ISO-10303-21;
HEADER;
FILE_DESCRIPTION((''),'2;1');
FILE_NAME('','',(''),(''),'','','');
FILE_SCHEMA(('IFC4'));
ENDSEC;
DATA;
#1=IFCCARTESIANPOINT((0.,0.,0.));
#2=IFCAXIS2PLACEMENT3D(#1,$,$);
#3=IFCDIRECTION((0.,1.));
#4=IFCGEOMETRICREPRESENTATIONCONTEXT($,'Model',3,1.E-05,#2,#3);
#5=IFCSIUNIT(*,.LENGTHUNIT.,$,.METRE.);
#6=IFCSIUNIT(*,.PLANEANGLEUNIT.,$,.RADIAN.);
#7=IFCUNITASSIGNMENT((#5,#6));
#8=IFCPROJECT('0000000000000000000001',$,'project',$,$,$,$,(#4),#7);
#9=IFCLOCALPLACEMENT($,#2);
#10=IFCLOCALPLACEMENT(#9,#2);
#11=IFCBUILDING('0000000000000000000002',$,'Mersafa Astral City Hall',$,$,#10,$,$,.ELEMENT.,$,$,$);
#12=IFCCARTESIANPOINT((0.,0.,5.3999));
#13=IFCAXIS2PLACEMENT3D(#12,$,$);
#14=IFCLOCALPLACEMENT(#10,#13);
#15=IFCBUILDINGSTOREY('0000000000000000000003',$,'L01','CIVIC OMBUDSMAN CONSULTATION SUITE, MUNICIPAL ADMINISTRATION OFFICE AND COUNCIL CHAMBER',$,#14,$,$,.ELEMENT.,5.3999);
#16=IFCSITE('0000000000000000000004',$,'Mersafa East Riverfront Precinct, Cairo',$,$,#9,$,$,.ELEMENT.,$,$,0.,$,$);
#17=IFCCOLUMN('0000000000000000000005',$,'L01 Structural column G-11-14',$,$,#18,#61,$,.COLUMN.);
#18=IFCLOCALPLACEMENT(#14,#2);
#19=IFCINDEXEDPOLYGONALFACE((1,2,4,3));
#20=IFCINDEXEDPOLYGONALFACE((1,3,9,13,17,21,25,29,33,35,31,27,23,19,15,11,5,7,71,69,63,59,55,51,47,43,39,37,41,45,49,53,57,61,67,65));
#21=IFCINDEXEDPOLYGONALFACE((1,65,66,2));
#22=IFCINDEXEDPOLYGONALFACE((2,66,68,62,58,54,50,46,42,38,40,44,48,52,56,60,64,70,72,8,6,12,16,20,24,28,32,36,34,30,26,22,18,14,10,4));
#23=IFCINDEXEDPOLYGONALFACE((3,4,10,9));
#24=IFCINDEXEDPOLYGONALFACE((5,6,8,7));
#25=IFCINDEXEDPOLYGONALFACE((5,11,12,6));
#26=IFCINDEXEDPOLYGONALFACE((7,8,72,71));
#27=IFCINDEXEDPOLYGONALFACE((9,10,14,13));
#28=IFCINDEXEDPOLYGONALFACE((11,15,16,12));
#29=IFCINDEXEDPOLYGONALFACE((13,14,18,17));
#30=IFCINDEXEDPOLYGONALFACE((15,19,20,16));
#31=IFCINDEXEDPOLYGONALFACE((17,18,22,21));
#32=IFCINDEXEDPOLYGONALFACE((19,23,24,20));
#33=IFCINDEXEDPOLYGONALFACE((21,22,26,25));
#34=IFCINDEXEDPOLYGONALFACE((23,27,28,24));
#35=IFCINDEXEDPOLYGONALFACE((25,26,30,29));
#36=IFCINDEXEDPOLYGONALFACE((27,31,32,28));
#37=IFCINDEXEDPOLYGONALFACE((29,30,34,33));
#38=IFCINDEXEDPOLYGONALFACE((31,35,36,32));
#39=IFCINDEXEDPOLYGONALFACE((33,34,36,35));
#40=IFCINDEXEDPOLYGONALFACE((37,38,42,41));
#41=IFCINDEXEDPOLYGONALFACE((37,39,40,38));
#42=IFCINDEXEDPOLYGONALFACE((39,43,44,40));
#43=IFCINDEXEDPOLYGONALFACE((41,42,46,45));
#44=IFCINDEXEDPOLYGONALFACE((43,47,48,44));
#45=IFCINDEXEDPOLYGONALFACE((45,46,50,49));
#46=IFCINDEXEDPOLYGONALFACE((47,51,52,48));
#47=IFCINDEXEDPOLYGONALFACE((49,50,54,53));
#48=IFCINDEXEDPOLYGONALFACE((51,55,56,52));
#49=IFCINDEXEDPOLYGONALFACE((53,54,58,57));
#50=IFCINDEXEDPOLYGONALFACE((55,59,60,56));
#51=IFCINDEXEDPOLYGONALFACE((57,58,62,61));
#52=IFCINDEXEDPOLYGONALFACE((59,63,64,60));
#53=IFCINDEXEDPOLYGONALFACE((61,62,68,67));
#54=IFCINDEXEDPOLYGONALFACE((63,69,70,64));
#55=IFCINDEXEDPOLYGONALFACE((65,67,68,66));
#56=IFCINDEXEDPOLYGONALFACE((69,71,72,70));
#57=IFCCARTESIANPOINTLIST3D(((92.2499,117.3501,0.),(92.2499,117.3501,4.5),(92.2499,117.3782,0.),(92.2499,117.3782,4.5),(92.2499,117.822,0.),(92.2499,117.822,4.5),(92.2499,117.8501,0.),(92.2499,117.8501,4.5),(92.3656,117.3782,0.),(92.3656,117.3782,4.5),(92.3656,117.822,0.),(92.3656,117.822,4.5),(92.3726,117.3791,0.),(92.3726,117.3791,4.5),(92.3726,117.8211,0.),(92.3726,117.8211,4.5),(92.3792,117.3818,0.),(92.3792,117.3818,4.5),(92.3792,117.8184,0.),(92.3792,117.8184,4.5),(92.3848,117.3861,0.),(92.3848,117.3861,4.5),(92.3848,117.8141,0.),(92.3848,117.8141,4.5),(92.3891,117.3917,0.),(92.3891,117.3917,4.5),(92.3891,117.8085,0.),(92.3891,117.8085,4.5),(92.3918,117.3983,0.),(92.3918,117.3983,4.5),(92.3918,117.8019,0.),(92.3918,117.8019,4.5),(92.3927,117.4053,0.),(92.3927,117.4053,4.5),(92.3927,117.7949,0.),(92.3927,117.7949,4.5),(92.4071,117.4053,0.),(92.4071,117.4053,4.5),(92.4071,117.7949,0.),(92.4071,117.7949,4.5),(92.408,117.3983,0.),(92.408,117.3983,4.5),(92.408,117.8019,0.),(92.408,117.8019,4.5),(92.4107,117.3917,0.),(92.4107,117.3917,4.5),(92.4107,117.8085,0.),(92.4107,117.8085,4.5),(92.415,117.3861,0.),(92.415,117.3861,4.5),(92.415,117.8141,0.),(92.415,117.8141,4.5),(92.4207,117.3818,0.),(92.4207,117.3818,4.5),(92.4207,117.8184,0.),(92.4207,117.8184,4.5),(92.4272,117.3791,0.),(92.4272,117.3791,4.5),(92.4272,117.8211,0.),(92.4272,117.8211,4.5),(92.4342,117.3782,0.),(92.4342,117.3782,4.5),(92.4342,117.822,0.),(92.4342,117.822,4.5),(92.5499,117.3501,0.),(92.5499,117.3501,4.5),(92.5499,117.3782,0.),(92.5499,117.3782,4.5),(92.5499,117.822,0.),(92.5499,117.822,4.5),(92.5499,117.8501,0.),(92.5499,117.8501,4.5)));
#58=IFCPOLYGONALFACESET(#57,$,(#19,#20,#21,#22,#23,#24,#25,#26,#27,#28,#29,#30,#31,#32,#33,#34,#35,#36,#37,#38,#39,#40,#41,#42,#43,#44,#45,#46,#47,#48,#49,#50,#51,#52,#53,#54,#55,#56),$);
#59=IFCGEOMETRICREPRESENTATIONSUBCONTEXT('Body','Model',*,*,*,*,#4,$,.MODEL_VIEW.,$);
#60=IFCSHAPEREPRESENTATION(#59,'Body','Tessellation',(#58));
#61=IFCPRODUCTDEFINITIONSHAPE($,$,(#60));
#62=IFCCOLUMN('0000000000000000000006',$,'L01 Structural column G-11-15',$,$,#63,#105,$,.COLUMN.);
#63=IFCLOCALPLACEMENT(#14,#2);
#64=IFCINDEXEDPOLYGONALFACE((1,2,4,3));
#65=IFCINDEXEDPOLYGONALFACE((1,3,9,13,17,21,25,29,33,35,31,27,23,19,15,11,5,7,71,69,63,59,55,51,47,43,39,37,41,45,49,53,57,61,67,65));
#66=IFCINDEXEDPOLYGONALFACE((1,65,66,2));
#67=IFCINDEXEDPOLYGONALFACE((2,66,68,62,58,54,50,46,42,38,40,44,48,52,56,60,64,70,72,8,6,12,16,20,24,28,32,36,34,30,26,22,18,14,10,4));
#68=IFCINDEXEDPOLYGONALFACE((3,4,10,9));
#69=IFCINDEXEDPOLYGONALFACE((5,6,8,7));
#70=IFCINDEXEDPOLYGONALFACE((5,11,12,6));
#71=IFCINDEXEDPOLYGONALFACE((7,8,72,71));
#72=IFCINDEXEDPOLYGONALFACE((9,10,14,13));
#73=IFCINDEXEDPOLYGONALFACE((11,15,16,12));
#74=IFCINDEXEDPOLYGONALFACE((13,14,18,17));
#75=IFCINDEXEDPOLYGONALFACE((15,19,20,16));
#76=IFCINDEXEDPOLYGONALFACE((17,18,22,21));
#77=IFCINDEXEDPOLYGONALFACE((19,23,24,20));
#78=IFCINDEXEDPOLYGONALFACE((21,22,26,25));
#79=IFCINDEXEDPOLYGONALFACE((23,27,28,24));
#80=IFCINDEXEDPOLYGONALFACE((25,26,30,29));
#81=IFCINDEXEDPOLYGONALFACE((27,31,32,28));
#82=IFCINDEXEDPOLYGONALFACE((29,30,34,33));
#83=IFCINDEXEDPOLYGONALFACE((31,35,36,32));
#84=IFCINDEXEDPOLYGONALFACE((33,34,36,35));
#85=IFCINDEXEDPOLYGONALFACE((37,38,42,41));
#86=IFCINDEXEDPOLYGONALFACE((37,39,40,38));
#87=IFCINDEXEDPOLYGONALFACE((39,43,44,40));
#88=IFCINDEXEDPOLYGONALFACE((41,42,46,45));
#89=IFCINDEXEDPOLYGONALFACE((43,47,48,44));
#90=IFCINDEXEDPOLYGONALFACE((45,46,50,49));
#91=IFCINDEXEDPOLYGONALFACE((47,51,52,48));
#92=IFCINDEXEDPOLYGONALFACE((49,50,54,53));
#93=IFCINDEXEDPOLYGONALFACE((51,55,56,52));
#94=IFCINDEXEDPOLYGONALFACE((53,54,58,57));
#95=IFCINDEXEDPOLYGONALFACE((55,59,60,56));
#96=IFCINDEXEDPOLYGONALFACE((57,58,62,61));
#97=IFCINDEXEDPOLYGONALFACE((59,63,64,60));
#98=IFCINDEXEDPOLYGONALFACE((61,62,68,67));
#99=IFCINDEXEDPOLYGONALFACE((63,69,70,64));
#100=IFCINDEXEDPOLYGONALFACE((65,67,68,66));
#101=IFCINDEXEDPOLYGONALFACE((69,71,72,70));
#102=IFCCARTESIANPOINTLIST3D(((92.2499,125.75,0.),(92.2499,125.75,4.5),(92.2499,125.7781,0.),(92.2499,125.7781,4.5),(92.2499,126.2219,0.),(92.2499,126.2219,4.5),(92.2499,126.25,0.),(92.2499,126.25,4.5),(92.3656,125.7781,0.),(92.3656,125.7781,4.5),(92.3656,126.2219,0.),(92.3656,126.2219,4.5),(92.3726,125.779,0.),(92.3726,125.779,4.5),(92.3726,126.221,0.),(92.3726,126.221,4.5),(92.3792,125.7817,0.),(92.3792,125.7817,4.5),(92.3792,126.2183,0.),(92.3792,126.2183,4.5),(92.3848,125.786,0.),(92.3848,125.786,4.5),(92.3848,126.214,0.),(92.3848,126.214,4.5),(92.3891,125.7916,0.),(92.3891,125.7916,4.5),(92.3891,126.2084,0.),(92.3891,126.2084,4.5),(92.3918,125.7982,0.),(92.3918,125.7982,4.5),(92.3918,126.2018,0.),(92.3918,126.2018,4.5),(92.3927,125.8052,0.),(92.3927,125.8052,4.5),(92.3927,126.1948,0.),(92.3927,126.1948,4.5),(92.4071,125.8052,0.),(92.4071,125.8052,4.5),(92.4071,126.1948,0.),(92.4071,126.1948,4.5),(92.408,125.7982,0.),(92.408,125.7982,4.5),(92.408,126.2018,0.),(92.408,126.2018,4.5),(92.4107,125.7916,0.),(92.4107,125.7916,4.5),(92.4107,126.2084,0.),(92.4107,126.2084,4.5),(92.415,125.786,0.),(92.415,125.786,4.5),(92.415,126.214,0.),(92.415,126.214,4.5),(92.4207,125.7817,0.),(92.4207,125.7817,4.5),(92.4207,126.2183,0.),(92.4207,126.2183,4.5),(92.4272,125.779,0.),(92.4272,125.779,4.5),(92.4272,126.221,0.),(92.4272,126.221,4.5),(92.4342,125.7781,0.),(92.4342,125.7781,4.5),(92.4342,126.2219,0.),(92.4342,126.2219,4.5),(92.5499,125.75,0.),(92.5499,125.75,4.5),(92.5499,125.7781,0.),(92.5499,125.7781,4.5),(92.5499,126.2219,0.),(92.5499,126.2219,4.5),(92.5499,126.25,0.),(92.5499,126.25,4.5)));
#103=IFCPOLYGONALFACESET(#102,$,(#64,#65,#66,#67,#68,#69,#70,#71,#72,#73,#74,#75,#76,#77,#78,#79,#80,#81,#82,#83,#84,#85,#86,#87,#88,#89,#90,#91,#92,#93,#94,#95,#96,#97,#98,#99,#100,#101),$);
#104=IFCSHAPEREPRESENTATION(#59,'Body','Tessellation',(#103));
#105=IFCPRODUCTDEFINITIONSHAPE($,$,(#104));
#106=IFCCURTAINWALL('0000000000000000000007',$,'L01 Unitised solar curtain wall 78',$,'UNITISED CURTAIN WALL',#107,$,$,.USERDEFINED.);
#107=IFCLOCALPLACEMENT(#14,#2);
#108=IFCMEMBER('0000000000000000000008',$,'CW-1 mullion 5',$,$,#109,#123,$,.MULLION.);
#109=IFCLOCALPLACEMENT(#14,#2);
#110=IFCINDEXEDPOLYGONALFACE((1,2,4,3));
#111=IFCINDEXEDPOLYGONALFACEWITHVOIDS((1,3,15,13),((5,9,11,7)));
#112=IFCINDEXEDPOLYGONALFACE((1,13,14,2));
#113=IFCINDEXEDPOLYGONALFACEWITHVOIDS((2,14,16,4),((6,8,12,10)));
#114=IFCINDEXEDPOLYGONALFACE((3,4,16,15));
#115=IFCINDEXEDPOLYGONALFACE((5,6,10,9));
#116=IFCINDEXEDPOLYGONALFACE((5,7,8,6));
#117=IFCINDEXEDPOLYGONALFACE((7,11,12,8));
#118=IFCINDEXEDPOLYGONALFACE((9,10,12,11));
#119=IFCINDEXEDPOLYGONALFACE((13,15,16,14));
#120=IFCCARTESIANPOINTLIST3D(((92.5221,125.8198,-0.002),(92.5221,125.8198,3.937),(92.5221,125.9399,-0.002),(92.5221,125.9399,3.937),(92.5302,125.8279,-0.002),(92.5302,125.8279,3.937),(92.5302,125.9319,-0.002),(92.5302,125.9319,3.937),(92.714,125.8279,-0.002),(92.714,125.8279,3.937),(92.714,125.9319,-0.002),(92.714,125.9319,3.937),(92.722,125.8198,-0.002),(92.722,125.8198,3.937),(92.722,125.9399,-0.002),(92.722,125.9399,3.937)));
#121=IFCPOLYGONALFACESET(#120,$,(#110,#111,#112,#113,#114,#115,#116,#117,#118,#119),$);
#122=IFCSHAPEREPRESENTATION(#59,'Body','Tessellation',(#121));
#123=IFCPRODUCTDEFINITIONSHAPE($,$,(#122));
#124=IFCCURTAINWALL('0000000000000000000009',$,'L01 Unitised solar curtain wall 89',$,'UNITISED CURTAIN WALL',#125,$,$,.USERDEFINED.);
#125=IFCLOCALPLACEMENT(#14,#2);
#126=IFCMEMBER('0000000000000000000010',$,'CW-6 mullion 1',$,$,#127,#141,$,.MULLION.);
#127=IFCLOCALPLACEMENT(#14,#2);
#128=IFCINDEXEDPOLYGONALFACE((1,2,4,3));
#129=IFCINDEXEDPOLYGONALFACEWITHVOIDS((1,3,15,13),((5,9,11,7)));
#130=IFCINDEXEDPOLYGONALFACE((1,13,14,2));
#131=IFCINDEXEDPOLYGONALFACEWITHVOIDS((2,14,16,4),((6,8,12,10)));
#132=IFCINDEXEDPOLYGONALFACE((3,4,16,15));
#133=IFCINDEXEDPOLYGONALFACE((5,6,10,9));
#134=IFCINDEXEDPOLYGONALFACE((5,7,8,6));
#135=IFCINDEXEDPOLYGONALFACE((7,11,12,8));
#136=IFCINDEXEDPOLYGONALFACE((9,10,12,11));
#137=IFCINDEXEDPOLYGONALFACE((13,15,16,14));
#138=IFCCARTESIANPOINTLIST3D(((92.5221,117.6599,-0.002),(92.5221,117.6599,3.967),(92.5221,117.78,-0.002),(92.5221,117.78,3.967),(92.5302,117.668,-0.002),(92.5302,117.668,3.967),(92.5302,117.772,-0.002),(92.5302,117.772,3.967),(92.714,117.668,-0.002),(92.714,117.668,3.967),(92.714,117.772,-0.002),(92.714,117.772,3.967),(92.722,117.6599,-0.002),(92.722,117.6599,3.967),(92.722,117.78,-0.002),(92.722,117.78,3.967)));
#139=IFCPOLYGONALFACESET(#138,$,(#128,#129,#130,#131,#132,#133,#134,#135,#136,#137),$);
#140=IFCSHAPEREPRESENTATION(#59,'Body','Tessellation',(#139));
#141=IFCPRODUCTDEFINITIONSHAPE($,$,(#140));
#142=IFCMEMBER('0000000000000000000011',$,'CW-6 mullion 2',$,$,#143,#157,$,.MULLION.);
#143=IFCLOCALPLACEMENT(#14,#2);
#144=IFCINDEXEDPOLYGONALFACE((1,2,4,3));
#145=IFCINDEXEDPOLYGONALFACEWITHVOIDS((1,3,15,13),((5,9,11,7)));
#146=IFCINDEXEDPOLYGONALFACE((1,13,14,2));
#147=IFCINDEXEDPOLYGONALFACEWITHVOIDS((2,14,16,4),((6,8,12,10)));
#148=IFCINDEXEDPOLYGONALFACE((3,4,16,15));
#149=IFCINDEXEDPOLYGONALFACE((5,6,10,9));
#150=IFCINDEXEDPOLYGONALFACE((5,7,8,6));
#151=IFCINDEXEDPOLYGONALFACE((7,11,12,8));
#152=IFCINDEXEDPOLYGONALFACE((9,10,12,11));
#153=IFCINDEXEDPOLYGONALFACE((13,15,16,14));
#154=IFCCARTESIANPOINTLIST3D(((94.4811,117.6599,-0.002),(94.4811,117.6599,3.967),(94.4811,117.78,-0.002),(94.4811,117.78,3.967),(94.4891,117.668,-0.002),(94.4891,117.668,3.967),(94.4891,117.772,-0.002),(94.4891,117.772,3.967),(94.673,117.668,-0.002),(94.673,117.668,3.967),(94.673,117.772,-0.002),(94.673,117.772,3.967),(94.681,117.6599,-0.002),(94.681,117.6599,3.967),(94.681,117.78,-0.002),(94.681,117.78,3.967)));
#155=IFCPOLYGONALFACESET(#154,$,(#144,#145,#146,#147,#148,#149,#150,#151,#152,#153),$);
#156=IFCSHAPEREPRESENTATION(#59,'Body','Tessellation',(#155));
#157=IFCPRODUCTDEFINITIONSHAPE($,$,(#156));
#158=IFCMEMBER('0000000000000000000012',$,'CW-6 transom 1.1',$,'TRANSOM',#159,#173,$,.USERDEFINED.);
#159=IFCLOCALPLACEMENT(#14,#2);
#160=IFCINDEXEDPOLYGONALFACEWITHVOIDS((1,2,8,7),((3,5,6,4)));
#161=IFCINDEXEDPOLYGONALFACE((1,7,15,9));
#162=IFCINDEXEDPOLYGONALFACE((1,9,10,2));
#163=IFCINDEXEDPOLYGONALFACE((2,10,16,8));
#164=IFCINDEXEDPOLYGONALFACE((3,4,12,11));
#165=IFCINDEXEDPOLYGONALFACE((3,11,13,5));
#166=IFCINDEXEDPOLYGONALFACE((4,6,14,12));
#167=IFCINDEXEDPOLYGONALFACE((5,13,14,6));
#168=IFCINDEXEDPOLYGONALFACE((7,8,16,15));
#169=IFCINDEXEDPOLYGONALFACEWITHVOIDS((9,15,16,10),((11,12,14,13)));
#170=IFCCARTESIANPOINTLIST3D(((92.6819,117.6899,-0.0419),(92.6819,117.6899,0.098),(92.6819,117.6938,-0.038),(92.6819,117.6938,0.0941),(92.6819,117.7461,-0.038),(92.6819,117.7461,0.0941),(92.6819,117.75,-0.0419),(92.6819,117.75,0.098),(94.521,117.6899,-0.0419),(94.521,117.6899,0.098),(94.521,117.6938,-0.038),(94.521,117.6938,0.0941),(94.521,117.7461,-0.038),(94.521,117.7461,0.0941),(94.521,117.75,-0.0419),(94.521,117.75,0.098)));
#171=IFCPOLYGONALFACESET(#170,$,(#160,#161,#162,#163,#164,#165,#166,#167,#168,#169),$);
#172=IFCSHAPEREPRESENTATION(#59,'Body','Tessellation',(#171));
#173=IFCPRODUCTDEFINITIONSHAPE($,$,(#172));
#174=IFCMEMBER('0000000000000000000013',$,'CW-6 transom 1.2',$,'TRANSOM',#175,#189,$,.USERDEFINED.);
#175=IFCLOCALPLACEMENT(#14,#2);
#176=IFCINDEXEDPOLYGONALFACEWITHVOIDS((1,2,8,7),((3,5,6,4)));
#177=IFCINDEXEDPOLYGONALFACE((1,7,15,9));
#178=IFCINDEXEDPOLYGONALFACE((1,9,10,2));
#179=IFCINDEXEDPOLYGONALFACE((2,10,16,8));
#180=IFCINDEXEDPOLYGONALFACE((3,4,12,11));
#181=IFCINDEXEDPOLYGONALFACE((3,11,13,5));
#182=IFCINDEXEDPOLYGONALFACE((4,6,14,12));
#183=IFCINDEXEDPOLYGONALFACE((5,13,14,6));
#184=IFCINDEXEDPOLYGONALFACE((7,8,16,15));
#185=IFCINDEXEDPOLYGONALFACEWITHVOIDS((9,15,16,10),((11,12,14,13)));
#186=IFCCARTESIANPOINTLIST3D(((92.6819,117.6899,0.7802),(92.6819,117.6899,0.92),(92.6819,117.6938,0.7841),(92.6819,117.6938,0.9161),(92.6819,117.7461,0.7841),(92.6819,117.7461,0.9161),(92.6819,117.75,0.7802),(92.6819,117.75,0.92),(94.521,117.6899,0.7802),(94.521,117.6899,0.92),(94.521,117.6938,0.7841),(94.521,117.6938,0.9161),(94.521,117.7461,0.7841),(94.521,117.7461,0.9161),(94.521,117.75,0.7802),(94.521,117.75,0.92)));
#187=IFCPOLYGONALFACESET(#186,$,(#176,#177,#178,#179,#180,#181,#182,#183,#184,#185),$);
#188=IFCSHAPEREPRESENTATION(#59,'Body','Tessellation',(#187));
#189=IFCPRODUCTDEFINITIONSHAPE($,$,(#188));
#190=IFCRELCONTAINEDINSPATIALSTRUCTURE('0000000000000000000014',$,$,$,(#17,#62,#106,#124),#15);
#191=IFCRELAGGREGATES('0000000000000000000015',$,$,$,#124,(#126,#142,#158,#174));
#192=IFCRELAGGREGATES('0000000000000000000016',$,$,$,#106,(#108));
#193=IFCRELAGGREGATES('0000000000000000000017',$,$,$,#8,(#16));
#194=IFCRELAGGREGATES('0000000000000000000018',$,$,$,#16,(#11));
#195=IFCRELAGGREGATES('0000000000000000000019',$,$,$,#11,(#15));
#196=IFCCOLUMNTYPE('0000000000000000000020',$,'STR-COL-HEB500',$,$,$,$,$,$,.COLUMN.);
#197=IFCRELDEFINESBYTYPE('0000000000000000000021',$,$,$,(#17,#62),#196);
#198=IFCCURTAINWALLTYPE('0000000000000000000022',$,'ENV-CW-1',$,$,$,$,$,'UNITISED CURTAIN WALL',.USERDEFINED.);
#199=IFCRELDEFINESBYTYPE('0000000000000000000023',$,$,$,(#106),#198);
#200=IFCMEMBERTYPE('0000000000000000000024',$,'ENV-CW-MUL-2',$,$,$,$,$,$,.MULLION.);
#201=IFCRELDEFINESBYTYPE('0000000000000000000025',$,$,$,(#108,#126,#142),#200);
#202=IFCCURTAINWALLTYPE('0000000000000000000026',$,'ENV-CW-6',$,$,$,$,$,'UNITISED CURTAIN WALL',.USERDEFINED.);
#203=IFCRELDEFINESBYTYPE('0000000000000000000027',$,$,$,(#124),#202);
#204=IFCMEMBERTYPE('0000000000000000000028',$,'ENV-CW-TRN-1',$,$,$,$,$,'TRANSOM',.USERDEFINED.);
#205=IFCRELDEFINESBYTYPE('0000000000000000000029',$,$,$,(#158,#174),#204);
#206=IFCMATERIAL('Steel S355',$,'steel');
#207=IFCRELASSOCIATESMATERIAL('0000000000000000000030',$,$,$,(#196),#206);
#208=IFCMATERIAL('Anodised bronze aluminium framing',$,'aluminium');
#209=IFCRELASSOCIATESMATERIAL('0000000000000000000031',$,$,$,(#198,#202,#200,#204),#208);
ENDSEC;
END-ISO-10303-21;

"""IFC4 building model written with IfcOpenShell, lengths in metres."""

from ifc_helpers import new_model, si_unit, direction, frame, origin, origin_2d, place, context, subcontext, project, spatial, hollow_rectangle, i_section, extrude, material, material_profile, profile_set, type_object, element, aggregate, save


model = new_model("IFC4")

# Units and contexts
model_context = context("Model", 3, precision=1e-05, world=origin(), true_north=direction((0.0, 1.0)))
body_context = subcontext(model_context, "Body", "Model", "MODEL_VIEW")
ifc_project = project(units=[si_unit("LENGTHUNIT", "METRE"), si_unit("PLANEANGLEUNIT", "RADIAN")], contexts=[model_context])

# Site, building, storey
site_placement = place(None, origin())
site = spatial("IfcSite", under=ifc_project, at=site_placement, Name="Mersafa East Riverfront Precinct, Cairo", CompositionType="ELEMENT", RefElevation=0.0)
building_placement = place(site_placement, origin())
building = spatial("IfcBuilding", under=site, at=building_placement, Name="Mersafa Astral City Hall", CompositionType="ELEMENT")
storey_placement = place(building_placement, frame((0.0, 0.0, 5.3999)))
storey = spatial("IfcBuildingStorey", under=building, at=storey_placement, Name="L01", Description="CIVIC OMBUDSMAN CONSULTATION SUITE, MUNICIPAL ADMINISTRATION OFFICE AND COUNCIL CHAMBER", CompositionType="ELEMENT", Elevation=5.3999)

# Columns
ifc_material_1 = material(Name="Steel S355", Category="steel")
ifc_material_profile_1 = material_profile(ifc_material_1, i_section(OverallWidth=0.3, OverallDepth=0.5, WebThickness=0.0144, FlangeThickness=0.0281, FilletRadius=0.0271, at=origin_2d()), Name="HEB 500")
ifc_profile_set_1 = profile_set([ifc_material_profile_1], Name="Steel S355")
column_type = type_object("IfcColumnType", Name="STR-COL-HEB500", PredefinedType="COLUMN", material=ifc_profile_set_1)
for number, where, z_axis, x_axis, name in (
    (1, (92.3999, 117.6001, 0.0), (0.0, 0.0, 1.0), (1.0, 0.0, 0.0), "L01 Structural column G-11-14"),
    (2, (92.3999, 126.0, 0.0), (0.0, 0.0, 1.0), (1.0, 0.0, 0.0), "L01 Structural column G-11-15"),
):
    element("IfcColumn", number, at=place(storey_placement, frame(where, z_axis=z_axis, x_axis=x_axis)), inside=storey, type_object=column_type, Name=name, PredefinedType="COLUMN", context=body_context, shape_type="SweptSolid", body=[
        extrude(i_section(OverallWidth=0.3, OverallDepth=0.5, WebThickness=0.0144, FlangeThickness=0.0281, FilletRadius=0.0271, at=origin_2d()), origin(), (0.0, 0.0, 1.0), 4.5),
    ])

# Curtain wall, member
ifc_material_2 = material(Name="Anodised bronze aluminium framing", Category="aluminium")
curtain_wall_type_1 = type_object("IfcCurtainWallType", Name="ENV-CW-1", ElementType="UNITISED CURTAIN WALL", PredefinedType="USERDEFINED", material=ifc_material_2)
curtain_wall_1_placement = place(storey_placement, origin())
curtain_wall_1 = element("IfcCurtainWall", 3, at=curtain_wall_1_placement, inside=storey, type_object=curtain_wall_type_1, Name="L01 Unitised solar curtain wall 78", ObjectType="UNITISED CURTAIN WALL", PredefinedType="USERDEFINED")
ifc_material_profile_2 = material_profile(ifc_material_2, hollow_rectangle(XDim=0.1201, YDim=0.2, WallThickness=0.0081, at=origin_2d()), Name="RHS 120x200x8")
ifc_profile_set_2 = profile_set([ifc_material_profile_2], Name="Anodised bronze aluminium framing")
member_type_1 = type_object("IfcMemberType", Name="ENV-CW-MUL-2", PredefinedType="MULLION", material=ifc_profile_set_2)
member_1_placement = place(storey_placement, frame((92.6221, 125.8799, -0.002), z_axis=(0.0, 0.0, 1.0), x_axis=(0.0, -1.0, 0.0)))
member_1 = element("IfcMember", 4, at=member_1_placement, type_object=member_type_1, Name="CW-1 mullion 5", PredefinedType="MULLION", context=body_context, shape_type="SweptSolid", body=[
    extrude(hollow_rectangle(XDim=0.1201, YDim=0.2, WallThickness=0.0081, at=origin_2d()), origin(), (0.0, 0.0, 1.0), 3.939),
])

# Curtain wall, members
curtain_wall_type_2 = type_object("IfcCurtainWallType", Name="ENV-CW-6", ElementType="UNITISED CURTAIN WALL", PredefinedType="USERDEFINED", material=ifc_material_2)
curtain_wall_2_placement = place(storey_placement, origin())
curtain_wall_2 = element("IfcCurtainWall", 5, at=curtain_wall_2_placement, inside=storey, type_object=curtain_wall_type_2, Name="L01 Unitised solar curtain wall 89", ObjectType="UNITISED CURTAIN WALL", PredefinedType="USERDEFINED")
member_2_placement = place(storey_placement, frame((92.6221, 117.72, -0.002), z_axis=(0.0, 0.0, 1.0), x_axis=(0.0, 1.0, 0.0)))
member_2 = element("IfcMember", 6, at=member_2_placement, type_object=member_type_1, Name="CW-6 mullion 1", PredefinedType="MULLION", context=body_context, shape_type="SweptSolid", body=[
    extrude(hollow_rectangle(XDim=0.1201, YDim=0.2, WallThickness=0.0081, at=origin_2d()), origin(), (0.0, 0.0, 1.0), 3.969),
])
member_3_placement = place(storey_placement, frame((94.5811, 117.72, -0.002), z_axis=(0.0, 0.0, 1.0), x_axis=(0.0, 1.0, 0.0)))
member_3 = element("IfcMember", 7, at=member_3_placement, type_object=member_type_1, Name="CW-6 mullion 2", PredefinedType="MULLION", context=body_context, shape_type="SweptSolid", body=[
    extrude(hollow_rectangle(XDim=0.1201, YDim=0.2, WallThickness=0.0081, at=origin_2d()), origin(), (0.0, 0.0, 1.0), 3.969),
])
ifc_material_profile_3 = material_profile(ifc_material_2, hollow_rectangle(XDim=0.0601, YDim=0.1399, WallThickness=0.0039, at=origin_2d()), Name="RHS 60x140x4")
ifc_profile_set_3 = profile_set([ifc_material_profile_3], Name="Anodised bronze aluminium framing")
member_type_2 = type_object("IfcMemberType", Name="ENV-CW-TRN-1", ElementType="TRANSOM", PredefinedType="USERDEFINED", material=ifc_profile_set_3)
member_4_placement = place(storey_placement, frame((92.6819, 117.72, 0.0281), z_axis=(1.0, 0.0, 0.0), x_axis=(0.0, 1.0, 0.0)))
member_4 = element("IfcMember", 8, at=member_4_placement, type_object=member_type_2, Name="CW-6 transom 1.1", ObjectType="TRANSOM", PredefinedType="USERDEFINED", context=body_context, shape_type="SweptSolid", body=[
    extrude(hollow_rectangle(XDim=0.0601, YDim=0.1399, WallThickness=0.0039, at=origin_2d()), origin(), (0.0, 0.0, 1.0), 1.8391),
])
member_5_placement = place(storey_placement, frame((92.6819, 117.72, 0.8501), z_axis=(1.0, 0.0, 0.0), x_axis=(0.0, 1.0, 0.0)))
member_5 = element("IfcMember", 9, at=member_5_placement, type_object=member_type_2, Name="CW-6 transom 1.2", ObjectType="TRANSOM", PredefinedType="USERDEFINED", context=body_context, shape_type="SweptSolid", body=[
    extrude(hollow_rectangle(XDim=0.0601, YDim=0.1399, WallThickness=0.0039, at=origin_2d()), origin(), (0.0, 0.0, 1.0), 1.8391),
])

aggregate(curtain_wall_2, [member_2, member_3, member_4, member_5])
aggregate(curtain_wall_1, [member_1])

save(model, "model.ifc")
